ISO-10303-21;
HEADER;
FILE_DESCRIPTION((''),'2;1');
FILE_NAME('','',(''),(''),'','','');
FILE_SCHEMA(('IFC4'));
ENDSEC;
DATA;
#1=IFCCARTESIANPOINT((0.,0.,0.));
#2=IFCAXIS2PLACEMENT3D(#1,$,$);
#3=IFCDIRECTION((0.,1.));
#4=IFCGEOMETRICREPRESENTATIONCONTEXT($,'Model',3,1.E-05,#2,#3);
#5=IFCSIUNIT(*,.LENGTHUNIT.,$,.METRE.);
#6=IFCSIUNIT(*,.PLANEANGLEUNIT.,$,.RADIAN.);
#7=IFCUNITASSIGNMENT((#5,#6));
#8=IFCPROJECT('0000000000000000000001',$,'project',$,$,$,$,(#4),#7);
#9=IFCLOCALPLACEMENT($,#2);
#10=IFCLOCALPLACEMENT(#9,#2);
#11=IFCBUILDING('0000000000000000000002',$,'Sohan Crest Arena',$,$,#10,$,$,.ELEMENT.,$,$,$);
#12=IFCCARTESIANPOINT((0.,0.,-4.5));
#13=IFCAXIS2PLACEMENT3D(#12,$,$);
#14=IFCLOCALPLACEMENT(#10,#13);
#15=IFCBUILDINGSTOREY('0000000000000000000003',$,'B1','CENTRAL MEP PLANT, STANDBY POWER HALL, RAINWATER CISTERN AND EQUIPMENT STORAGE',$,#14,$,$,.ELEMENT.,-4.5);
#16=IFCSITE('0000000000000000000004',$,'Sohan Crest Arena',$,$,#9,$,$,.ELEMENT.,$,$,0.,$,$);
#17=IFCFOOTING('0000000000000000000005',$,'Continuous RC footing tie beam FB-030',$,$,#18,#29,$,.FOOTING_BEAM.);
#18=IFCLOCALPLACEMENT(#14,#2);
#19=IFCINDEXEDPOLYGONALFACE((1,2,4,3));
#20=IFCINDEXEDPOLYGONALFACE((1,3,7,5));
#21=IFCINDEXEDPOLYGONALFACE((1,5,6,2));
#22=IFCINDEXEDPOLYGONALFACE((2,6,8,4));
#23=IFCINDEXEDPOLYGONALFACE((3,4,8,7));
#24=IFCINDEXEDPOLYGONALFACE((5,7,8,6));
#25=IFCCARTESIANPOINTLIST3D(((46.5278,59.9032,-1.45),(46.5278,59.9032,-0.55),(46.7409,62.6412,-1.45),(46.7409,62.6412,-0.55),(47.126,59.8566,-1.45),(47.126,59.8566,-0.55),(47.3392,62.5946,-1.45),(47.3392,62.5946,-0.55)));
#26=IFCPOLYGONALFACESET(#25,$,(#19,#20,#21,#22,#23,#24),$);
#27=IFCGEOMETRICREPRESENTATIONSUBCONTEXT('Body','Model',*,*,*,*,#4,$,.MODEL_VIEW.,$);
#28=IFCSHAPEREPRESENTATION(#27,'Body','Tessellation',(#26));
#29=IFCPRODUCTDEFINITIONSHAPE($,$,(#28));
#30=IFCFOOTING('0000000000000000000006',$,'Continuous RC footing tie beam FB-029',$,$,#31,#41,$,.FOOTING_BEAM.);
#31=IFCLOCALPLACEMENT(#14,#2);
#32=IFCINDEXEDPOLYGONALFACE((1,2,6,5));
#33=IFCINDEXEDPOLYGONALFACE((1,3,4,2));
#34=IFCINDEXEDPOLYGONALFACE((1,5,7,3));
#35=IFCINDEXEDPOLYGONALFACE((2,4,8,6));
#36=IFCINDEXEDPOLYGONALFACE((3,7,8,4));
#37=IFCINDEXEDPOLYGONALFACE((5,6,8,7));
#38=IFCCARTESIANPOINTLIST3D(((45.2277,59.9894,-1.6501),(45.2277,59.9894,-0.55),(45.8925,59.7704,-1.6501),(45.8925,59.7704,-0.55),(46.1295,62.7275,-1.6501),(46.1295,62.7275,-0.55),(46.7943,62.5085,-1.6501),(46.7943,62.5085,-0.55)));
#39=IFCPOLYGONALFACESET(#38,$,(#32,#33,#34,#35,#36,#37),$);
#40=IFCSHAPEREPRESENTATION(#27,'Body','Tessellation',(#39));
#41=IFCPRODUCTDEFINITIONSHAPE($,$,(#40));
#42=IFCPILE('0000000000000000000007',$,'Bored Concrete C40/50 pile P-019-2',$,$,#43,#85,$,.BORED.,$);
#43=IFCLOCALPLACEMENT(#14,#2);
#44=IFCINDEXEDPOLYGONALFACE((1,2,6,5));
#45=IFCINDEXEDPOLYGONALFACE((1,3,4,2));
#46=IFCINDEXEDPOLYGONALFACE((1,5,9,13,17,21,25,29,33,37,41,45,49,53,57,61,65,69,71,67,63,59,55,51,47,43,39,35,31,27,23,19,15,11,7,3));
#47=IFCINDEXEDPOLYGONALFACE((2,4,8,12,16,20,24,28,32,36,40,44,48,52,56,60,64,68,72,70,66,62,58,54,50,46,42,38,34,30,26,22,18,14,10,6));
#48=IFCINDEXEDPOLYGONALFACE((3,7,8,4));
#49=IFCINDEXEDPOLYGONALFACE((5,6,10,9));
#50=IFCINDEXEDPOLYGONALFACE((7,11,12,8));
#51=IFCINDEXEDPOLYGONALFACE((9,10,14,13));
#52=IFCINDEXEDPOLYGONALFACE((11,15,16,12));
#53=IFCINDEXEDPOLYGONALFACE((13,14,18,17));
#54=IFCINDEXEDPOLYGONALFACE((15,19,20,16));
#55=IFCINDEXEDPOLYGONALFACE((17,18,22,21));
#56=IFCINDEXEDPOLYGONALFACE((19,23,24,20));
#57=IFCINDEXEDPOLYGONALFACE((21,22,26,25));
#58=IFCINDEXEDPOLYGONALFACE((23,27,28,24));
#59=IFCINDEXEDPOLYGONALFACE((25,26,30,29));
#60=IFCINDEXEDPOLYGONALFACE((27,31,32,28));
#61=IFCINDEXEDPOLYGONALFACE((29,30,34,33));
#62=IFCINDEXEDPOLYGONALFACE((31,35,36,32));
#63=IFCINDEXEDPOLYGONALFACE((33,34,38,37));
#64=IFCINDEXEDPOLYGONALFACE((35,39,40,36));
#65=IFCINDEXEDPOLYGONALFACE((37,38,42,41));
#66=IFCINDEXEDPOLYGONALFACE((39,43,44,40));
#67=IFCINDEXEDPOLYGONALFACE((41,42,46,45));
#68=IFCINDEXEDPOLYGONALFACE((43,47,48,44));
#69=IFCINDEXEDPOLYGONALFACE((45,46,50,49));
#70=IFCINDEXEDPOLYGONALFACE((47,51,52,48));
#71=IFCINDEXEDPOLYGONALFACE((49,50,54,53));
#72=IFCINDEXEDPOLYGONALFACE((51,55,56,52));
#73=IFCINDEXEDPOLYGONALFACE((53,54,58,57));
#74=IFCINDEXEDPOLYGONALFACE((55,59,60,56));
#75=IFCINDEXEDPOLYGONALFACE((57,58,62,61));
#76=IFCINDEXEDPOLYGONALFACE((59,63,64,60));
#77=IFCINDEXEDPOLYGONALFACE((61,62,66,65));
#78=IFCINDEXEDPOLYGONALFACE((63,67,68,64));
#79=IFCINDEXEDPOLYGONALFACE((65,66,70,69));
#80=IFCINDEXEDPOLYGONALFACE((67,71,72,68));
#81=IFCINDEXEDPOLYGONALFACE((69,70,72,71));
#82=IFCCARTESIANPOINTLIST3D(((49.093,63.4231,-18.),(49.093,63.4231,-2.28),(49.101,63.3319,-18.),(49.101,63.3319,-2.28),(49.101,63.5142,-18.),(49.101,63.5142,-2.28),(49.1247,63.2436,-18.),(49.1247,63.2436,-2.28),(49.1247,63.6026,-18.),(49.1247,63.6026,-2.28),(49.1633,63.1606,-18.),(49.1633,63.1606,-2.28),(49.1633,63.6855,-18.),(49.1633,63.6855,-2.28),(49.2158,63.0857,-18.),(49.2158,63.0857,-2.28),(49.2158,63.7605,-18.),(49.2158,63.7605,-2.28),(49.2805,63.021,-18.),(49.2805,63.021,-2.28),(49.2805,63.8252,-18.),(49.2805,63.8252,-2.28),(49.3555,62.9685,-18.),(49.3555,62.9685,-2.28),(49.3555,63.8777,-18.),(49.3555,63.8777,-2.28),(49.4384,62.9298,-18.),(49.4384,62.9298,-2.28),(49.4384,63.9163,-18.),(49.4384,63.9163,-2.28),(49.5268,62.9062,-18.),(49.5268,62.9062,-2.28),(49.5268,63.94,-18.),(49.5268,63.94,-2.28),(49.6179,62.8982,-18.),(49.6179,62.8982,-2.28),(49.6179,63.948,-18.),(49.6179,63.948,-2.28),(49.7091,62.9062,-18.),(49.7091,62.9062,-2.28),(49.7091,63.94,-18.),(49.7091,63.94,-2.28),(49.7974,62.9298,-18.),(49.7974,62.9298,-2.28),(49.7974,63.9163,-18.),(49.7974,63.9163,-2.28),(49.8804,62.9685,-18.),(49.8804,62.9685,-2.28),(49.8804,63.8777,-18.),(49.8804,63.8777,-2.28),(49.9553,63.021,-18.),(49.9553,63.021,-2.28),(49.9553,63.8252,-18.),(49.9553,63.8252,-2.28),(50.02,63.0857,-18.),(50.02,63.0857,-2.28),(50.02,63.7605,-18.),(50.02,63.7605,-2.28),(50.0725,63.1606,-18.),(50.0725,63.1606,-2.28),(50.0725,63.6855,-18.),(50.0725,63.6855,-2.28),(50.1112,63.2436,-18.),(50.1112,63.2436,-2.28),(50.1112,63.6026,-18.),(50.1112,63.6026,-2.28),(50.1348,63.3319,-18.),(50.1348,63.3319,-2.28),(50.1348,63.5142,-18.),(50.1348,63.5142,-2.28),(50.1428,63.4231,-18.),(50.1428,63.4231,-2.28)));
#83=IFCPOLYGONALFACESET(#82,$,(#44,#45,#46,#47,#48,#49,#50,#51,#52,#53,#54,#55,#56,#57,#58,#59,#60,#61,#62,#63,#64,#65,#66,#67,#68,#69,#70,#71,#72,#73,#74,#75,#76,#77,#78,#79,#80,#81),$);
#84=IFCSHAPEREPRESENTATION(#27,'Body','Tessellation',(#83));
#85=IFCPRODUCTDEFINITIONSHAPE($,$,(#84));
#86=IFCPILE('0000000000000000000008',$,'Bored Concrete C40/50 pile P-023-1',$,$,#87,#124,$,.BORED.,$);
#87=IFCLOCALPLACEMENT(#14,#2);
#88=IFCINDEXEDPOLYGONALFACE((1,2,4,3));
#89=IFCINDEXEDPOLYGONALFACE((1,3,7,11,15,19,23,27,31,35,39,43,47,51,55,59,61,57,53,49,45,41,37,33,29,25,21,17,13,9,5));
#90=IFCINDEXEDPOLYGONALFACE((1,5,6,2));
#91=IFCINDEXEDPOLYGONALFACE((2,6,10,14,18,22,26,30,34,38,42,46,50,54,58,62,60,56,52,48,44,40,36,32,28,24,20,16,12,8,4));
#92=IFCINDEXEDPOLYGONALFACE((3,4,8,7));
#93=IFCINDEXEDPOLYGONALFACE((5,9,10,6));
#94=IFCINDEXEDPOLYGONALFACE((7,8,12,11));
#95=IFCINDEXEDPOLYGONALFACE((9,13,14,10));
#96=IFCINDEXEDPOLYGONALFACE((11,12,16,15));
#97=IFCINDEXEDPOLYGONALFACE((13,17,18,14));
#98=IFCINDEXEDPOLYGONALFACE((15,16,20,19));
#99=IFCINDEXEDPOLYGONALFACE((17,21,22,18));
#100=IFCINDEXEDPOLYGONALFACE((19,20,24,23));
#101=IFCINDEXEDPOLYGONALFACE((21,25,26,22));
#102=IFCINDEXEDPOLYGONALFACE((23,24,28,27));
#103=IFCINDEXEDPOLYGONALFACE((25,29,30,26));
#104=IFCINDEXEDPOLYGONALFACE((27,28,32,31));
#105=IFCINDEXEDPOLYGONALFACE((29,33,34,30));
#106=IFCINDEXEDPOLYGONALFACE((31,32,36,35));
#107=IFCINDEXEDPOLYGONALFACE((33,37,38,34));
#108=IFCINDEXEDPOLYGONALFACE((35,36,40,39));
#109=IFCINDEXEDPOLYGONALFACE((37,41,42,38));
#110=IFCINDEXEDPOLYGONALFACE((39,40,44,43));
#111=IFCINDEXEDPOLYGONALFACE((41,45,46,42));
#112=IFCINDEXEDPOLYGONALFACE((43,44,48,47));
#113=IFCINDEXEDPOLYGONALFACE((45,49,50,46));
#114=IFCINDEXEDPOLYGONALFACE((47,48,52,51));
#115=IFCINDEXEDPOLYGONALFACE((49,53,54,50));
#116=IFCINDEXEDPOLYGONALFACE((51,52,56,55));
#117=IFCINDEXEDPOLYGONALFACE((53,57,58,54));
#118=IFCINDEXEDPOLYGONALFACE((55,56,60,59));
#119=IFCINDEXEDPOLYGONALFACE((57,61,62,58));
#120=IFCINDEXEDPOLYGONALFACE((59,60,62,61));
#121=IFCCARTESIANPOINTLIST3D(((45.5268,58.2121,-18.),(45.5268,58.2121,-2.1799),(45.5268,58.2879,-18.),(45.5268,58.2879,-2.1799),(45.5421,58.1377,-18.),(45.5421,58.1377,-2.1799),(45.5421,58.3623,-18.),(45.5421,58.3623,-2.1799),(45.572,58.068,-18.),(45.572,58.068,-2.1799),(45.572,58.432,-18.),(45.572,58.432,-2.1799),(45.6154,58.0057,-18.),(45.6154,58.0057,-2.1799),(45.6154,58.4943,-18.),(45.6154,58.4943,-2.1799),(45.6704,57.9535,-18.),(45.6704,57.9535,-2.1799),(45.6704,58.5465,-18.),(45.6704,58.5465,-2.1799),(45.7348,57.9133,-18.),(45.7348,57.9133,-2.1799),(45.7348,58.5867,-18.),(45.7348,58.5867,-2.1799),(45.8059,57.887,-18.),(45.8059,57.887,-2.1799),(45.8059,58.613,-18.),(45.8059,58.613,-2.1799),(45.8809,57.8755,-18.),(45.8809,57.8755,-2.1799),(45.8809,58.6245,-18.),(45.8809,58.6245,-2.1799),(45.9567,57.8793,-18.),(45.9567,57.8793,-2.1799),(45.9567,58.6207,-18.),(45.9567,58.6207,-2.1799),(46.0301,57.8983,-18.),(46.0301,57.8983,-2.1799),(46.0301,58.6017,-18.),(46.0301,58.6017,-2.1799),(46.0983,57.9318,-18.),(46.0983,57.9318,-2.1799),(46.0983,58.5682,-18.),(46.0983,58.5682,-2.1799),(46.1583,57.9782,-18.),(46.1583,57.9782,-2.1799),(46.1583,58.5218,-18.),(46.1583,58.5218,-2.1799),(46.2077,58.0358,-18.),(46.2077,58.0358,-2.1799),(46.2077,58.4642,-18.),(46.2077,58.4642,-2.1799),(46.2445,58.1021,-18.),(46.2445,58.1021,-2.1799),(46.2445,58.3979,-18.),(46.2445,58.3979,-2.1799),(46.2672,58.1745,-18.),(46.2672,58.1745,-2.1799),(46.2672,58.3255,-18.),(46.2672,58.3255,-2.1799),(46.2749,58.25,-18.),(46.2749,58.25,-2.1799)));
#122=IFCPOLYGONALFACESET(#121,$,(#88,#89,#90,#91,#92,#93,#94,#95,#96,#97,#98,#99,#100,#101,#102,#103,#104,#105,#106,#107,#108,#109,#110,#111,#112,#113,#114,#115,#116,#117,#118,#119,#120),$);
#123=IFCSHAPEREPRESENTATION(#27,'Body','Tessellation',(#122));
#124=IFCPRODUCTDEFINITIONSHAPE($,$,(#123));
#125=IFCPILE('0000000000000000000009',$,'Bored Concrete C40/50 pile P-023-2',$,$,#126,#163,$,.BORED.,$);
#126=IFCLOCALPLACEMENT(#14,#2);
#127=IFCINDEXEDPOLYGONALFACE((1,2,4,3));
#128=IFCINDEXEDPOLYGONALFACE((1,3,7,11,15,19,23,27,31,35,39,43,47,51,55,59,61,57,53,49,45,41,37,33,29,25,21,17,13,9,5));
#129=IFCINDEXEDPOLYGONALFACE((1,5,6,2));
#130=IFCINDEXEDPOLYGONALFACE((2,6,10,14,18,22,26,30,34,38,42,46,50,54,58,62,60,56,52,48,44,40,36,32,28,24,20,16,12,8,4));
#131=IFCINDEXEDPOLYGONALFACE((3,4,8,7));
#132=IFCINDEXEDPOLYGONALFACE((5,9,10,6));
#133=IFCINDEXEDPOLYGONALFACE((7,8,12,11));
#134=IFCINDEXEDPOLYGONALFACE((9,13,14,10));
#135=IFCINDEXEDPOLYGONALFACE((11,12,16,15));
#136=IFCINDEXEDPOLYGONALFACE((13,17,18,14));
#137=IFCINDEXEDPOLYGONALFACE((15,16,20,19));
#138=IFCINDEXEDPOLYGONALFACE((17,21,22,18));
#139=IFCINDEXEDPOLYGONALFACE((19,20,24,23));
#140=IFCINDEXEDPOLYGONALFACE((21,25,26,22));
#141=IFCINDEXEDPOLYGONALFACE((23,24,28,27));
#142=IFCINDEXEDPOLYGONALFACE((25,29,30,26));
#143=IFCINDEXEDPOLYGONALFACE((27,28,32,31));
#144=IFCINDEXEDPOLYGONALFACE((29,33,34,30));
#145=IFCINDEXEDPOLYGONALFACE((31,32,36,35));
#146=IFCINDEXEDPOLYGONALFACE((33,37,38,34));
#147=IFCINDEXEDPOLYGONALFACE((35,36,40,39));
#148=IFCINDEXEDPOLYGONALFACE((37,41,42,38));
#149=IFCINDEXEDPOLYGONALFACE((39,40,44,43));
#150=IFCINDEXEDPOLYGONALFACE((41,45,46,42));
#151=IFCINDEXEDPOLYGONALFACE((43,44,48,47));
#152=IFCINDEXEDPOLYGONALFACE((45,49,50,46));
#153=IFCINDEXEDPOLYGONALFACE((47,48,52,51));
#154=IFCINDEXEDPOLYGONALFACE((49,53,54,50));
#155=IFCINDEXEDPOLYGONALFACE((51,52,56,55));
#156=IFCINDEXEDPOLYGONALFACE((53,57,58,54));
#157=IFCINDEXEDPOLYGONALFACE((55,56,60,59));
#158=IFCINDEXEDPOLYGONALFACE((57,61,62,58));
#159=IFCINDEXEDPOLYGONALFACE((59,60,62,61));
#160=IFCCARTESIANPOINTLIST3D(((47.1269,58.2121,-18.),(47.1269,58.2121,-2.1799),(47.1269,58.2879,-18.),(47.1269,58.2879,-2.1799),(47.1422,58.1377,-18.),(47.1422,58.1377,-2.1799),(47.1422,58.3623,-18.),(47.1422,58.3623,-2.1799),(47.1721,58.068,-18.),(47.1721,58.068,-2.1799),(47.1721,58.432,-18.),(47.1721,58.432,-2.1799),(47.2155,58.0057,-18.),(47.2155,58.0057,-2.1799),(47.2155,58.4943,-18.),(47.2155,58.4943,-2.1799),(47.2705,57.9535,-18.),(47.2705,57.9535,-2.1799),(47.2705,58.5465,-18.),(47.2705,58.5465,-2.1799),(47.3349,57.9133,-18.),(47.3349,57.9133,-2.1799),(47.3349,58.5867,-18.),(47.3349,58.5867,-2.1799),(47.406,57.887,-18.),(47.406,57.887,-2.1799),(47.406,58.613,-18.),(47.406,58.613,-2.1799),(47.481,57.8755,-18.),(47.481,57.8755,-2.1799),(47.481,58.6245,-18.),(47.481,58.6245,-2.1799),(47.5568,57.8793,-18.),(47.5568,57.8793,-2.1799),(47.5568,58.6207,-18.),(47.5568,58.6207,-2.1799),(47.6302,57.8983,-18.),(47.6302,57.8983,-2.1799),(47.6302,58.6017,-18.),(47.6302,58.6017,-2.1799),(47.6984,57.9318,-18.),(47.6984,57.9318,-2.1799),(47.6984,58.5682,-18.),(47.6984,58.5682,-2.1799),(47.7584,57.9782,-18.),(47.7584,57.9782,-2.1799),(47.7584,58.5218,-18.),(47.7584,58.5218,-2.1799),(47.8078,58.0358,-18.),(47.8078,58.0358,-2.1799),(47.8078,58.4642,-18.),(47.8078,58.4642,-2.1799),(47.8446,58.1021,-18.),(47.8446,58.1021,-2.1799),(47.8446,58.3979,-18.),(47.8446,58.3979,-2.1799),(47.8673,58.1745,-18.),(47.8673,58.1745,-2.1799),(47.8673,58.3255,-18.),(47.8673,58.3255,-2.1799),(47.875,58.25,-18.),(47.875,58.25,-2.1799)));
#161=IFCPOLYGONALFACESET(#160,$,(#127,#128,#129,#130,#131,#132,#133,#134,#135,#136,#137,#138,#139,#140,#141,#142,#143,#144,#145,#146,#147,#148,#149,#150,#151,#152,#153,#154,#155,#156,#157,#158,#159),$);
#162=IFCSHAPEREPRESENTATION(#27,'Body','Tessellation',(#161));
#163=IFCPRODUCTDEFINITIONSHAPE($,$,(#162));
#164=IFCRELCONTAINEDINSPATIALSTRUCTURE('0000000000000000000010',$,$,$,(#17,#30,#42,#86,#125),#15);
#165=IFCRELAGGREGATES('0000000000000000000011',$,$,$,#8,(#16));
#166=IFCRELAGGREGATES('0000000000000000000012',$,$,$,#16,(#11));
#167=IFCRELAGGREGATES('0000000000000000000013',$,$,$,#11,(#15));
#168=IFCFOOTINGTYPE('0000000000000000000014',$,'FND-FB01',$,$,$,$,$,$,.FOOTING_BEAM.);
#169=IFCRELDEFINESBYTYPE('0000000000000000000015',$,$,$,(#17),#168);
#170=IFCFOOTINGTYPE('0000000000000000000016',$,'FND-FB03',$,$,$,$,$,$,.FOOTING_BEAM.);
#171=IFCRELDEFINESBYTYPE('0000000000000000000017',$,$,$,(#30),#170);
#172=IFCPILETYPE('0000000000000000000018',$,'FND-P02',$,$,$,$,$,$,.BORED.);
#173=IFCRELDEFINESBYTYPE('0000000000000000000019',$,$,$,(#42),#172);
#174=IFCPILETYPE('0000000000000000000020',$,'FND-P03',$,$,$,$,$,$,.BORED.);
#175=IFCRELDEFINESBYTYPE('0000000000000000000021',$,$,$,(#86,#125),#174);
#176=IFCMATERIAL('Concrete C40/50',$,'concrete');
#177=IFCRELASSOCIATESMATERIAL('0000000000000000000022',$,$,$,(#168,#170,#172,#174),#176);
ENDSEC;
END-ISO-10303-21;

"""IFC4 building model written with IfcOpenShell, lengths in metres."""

from ifc_helpers import new_model, si_unit, direction, frame, origin, origin_2d, place, context, subcontext, project, spatial, rectangle, circle, extrude, material, material_profile, profile_set, type_object, element, save


model = new_model("IFC4")

# Units and contexts
model_context = context("Model", 3, precision=1e-05, world=origin(), true_north=direction((0.0, 1.0)))
body_context = subcontext(model_context, "Body", "Model", "MODEL_VIEW")
ifc_project = project(units=[si_unit("LENGTHUNIT", "METRE"), si_unit("PLANEANGLEUNIT", "RADIAN")], contexts=[model_context])

# Site, building, storey
site_placement = place(None, origin())
site = spatial("IfcSite", under=ifc_project, at=site_placement, Name="Sohan Crest Arena", CompositionType="ELEMENT", RefElevation=0.0)
building_placement = place(site_placement, origin())
building = spatial("IfcBuilding", under=site, at=building_placement, Name="Sohan Crest Arena", CompositionType="ELEMENT")
storey_placement = place(building_placement, frame((0.0, 0.0, -4.5)))
storey = spatial("IfcBuildingStorey", under=building, at=storey_placement, Name="B1", Description="CENTRAL MEP PLANT, STANDBY POWER HALL, RAINWATER CISTERN AND EQUIPMENT STORAGE", CompositionType="ELEMENT", Elevation=-4.5)

# Footings
ifc_material_1 = material(Name="Concrete C40/50", Category="concrete")
ifc_material_profile_1 = material_profile(ifc_material_1, rectangle(XDim=0.6001, YDim=0.8999, at=origin_2d()), Name="RC-FB 600x900")
ifc_profile_set_1 = profile_set([ifc_material_profile_1], Name="Concrete C40/50")
footing_type_1 = type_object("IfcFootingType", Name="FND-FB01", PredefinedType="FOOTING_BEAM", material=ifc_profile_set_1)
footing_1_placement = place(storey_placement, frame((47.04, 62.6179, -1.0), z_axis=(-0.077607, -0.996984, 0.0), x_axis=(0.996984, -0.077607, 0.0)))
element("IfcFooting", 1, at=footing_1_placement, inside=storey, type_object=footing_type_1, Name="Continuous RC footing tie beam FB-030", PredefinedType="FOOTING_BEAM", context=body_context, shape_type="SweptSolid", body=[
    extrude(rectangle(XDim=0.6001, YDim=0.8999, at=origin_2d()), origin(), (0.0, 0.0, 1.0), 2.7463),
])
ifc_material_profile_2 = material_profile(ifc_material_1, rectangle(XDim=0.7, YDim=1.1001, at=origin_2d()), Name="RC-FB 700x1100")
ifc_profile_set_2 = profile_set([ifc_material_profile_2], Name="Concrete C40/50")
footing_type_2 = type_object("IfcFootingType", Name="FND-FB03", PredefinedType="FOOTING_BEAM", material=ifc_profile_set_2)
footing_2_placement = place(storey_placement, frame((45.5601, 59.8799, -1.1001), z_axis=(0.312847, 0.949804, 0.0), x_axis=(-0.949804, 0.312847, 0.0)))
element("IfcFooting", 2, at=footing_2_placement, inside=storey, type_object=footing_type_2, Name="Continuous RC footing tie beam FB-029", PredefinedType="FOOTING_BEAM", context=body_context, shape_type="SweptSolid", body=[
    extrude(rectangle(XDim=0.7, YDim=1.1001, at=origin_2d()), origin(), (0.0, 0.0, 1.0), 2.8828),
])

# Piles
ifc_material_profile_3 = material_profile(ifc_material_1, circle(Radius=0.5249, at=origin_2d()), Name="PILE D1050")
ifc_profile_set_3 = profile_set([ifc_material_profile_3], Name="Concrete C40/50")
pile_type_1 = type_object("IfcPileType", Name="FND-P02", PredefinedType="BORED", material=ifc_profile_set_3)
pile_1_placement = place(storey_placement, frame((49.6179, 63.4231, -18.0), z_axis=(0.0, 0.0, 1.0), x_axis=(1.0, 0.0, 0.0)))
element("IfcPile", 3, at=pile_1_placement, inside=storey, type_object=pile_type_1, Name="Bored Concrete C40/50 pile P-019-2", PredefinedType="BORED", context=body_context, shape_type="SweptSolid", body=[
    extrude(circle(Radius=0.5249, at=origin_2d()), origin(), (0.0, 0.0, 1.0), 15.72),
])
ifc_material_profile_4 = material_profile(ifc_material_1, circle(Radius=0.375, at=origin_2d()), Name="PILE D750")
ifc_profile_set_4 = profile_set([ifc_material_profile_4], Name="Concrete C40/50")
pile_type_2 = type_object("IfcPileType", Name="FND-P03", PredefinedType="BORED", material=ifc_profile_set_4)
for number, where, z_axis, x_axis, name in (
    (4, (45.8999, 58.25, -18.0), (0.0, 0.0, 1.0), (1.0, 0.0, 0.0), "Bored Concrete C40/50 pile P-023-1"),
    (5, (47.5, 58.25, -18.0), (0.0, 0.0, 1.0), (1.0, 0.0, 0.0), "Bored Concrete C40/50 pile P-023-2"),
):
    element("IfcPile", number, at=place(storey_placement, frame(where, z_axis=z_axis, x_axis=x_axis)), inside=storey, type_object=pile_type_2, Name=name, PredefinedType="BORED", context=body_context, shape_type="SweptSolid", body=[
        extrude(circle(Radius=0.375, at=origin_2d()), origin(), (0.0, 0.0, 1.0), 15.8201),
    ])

save(model, "model.ifc")
